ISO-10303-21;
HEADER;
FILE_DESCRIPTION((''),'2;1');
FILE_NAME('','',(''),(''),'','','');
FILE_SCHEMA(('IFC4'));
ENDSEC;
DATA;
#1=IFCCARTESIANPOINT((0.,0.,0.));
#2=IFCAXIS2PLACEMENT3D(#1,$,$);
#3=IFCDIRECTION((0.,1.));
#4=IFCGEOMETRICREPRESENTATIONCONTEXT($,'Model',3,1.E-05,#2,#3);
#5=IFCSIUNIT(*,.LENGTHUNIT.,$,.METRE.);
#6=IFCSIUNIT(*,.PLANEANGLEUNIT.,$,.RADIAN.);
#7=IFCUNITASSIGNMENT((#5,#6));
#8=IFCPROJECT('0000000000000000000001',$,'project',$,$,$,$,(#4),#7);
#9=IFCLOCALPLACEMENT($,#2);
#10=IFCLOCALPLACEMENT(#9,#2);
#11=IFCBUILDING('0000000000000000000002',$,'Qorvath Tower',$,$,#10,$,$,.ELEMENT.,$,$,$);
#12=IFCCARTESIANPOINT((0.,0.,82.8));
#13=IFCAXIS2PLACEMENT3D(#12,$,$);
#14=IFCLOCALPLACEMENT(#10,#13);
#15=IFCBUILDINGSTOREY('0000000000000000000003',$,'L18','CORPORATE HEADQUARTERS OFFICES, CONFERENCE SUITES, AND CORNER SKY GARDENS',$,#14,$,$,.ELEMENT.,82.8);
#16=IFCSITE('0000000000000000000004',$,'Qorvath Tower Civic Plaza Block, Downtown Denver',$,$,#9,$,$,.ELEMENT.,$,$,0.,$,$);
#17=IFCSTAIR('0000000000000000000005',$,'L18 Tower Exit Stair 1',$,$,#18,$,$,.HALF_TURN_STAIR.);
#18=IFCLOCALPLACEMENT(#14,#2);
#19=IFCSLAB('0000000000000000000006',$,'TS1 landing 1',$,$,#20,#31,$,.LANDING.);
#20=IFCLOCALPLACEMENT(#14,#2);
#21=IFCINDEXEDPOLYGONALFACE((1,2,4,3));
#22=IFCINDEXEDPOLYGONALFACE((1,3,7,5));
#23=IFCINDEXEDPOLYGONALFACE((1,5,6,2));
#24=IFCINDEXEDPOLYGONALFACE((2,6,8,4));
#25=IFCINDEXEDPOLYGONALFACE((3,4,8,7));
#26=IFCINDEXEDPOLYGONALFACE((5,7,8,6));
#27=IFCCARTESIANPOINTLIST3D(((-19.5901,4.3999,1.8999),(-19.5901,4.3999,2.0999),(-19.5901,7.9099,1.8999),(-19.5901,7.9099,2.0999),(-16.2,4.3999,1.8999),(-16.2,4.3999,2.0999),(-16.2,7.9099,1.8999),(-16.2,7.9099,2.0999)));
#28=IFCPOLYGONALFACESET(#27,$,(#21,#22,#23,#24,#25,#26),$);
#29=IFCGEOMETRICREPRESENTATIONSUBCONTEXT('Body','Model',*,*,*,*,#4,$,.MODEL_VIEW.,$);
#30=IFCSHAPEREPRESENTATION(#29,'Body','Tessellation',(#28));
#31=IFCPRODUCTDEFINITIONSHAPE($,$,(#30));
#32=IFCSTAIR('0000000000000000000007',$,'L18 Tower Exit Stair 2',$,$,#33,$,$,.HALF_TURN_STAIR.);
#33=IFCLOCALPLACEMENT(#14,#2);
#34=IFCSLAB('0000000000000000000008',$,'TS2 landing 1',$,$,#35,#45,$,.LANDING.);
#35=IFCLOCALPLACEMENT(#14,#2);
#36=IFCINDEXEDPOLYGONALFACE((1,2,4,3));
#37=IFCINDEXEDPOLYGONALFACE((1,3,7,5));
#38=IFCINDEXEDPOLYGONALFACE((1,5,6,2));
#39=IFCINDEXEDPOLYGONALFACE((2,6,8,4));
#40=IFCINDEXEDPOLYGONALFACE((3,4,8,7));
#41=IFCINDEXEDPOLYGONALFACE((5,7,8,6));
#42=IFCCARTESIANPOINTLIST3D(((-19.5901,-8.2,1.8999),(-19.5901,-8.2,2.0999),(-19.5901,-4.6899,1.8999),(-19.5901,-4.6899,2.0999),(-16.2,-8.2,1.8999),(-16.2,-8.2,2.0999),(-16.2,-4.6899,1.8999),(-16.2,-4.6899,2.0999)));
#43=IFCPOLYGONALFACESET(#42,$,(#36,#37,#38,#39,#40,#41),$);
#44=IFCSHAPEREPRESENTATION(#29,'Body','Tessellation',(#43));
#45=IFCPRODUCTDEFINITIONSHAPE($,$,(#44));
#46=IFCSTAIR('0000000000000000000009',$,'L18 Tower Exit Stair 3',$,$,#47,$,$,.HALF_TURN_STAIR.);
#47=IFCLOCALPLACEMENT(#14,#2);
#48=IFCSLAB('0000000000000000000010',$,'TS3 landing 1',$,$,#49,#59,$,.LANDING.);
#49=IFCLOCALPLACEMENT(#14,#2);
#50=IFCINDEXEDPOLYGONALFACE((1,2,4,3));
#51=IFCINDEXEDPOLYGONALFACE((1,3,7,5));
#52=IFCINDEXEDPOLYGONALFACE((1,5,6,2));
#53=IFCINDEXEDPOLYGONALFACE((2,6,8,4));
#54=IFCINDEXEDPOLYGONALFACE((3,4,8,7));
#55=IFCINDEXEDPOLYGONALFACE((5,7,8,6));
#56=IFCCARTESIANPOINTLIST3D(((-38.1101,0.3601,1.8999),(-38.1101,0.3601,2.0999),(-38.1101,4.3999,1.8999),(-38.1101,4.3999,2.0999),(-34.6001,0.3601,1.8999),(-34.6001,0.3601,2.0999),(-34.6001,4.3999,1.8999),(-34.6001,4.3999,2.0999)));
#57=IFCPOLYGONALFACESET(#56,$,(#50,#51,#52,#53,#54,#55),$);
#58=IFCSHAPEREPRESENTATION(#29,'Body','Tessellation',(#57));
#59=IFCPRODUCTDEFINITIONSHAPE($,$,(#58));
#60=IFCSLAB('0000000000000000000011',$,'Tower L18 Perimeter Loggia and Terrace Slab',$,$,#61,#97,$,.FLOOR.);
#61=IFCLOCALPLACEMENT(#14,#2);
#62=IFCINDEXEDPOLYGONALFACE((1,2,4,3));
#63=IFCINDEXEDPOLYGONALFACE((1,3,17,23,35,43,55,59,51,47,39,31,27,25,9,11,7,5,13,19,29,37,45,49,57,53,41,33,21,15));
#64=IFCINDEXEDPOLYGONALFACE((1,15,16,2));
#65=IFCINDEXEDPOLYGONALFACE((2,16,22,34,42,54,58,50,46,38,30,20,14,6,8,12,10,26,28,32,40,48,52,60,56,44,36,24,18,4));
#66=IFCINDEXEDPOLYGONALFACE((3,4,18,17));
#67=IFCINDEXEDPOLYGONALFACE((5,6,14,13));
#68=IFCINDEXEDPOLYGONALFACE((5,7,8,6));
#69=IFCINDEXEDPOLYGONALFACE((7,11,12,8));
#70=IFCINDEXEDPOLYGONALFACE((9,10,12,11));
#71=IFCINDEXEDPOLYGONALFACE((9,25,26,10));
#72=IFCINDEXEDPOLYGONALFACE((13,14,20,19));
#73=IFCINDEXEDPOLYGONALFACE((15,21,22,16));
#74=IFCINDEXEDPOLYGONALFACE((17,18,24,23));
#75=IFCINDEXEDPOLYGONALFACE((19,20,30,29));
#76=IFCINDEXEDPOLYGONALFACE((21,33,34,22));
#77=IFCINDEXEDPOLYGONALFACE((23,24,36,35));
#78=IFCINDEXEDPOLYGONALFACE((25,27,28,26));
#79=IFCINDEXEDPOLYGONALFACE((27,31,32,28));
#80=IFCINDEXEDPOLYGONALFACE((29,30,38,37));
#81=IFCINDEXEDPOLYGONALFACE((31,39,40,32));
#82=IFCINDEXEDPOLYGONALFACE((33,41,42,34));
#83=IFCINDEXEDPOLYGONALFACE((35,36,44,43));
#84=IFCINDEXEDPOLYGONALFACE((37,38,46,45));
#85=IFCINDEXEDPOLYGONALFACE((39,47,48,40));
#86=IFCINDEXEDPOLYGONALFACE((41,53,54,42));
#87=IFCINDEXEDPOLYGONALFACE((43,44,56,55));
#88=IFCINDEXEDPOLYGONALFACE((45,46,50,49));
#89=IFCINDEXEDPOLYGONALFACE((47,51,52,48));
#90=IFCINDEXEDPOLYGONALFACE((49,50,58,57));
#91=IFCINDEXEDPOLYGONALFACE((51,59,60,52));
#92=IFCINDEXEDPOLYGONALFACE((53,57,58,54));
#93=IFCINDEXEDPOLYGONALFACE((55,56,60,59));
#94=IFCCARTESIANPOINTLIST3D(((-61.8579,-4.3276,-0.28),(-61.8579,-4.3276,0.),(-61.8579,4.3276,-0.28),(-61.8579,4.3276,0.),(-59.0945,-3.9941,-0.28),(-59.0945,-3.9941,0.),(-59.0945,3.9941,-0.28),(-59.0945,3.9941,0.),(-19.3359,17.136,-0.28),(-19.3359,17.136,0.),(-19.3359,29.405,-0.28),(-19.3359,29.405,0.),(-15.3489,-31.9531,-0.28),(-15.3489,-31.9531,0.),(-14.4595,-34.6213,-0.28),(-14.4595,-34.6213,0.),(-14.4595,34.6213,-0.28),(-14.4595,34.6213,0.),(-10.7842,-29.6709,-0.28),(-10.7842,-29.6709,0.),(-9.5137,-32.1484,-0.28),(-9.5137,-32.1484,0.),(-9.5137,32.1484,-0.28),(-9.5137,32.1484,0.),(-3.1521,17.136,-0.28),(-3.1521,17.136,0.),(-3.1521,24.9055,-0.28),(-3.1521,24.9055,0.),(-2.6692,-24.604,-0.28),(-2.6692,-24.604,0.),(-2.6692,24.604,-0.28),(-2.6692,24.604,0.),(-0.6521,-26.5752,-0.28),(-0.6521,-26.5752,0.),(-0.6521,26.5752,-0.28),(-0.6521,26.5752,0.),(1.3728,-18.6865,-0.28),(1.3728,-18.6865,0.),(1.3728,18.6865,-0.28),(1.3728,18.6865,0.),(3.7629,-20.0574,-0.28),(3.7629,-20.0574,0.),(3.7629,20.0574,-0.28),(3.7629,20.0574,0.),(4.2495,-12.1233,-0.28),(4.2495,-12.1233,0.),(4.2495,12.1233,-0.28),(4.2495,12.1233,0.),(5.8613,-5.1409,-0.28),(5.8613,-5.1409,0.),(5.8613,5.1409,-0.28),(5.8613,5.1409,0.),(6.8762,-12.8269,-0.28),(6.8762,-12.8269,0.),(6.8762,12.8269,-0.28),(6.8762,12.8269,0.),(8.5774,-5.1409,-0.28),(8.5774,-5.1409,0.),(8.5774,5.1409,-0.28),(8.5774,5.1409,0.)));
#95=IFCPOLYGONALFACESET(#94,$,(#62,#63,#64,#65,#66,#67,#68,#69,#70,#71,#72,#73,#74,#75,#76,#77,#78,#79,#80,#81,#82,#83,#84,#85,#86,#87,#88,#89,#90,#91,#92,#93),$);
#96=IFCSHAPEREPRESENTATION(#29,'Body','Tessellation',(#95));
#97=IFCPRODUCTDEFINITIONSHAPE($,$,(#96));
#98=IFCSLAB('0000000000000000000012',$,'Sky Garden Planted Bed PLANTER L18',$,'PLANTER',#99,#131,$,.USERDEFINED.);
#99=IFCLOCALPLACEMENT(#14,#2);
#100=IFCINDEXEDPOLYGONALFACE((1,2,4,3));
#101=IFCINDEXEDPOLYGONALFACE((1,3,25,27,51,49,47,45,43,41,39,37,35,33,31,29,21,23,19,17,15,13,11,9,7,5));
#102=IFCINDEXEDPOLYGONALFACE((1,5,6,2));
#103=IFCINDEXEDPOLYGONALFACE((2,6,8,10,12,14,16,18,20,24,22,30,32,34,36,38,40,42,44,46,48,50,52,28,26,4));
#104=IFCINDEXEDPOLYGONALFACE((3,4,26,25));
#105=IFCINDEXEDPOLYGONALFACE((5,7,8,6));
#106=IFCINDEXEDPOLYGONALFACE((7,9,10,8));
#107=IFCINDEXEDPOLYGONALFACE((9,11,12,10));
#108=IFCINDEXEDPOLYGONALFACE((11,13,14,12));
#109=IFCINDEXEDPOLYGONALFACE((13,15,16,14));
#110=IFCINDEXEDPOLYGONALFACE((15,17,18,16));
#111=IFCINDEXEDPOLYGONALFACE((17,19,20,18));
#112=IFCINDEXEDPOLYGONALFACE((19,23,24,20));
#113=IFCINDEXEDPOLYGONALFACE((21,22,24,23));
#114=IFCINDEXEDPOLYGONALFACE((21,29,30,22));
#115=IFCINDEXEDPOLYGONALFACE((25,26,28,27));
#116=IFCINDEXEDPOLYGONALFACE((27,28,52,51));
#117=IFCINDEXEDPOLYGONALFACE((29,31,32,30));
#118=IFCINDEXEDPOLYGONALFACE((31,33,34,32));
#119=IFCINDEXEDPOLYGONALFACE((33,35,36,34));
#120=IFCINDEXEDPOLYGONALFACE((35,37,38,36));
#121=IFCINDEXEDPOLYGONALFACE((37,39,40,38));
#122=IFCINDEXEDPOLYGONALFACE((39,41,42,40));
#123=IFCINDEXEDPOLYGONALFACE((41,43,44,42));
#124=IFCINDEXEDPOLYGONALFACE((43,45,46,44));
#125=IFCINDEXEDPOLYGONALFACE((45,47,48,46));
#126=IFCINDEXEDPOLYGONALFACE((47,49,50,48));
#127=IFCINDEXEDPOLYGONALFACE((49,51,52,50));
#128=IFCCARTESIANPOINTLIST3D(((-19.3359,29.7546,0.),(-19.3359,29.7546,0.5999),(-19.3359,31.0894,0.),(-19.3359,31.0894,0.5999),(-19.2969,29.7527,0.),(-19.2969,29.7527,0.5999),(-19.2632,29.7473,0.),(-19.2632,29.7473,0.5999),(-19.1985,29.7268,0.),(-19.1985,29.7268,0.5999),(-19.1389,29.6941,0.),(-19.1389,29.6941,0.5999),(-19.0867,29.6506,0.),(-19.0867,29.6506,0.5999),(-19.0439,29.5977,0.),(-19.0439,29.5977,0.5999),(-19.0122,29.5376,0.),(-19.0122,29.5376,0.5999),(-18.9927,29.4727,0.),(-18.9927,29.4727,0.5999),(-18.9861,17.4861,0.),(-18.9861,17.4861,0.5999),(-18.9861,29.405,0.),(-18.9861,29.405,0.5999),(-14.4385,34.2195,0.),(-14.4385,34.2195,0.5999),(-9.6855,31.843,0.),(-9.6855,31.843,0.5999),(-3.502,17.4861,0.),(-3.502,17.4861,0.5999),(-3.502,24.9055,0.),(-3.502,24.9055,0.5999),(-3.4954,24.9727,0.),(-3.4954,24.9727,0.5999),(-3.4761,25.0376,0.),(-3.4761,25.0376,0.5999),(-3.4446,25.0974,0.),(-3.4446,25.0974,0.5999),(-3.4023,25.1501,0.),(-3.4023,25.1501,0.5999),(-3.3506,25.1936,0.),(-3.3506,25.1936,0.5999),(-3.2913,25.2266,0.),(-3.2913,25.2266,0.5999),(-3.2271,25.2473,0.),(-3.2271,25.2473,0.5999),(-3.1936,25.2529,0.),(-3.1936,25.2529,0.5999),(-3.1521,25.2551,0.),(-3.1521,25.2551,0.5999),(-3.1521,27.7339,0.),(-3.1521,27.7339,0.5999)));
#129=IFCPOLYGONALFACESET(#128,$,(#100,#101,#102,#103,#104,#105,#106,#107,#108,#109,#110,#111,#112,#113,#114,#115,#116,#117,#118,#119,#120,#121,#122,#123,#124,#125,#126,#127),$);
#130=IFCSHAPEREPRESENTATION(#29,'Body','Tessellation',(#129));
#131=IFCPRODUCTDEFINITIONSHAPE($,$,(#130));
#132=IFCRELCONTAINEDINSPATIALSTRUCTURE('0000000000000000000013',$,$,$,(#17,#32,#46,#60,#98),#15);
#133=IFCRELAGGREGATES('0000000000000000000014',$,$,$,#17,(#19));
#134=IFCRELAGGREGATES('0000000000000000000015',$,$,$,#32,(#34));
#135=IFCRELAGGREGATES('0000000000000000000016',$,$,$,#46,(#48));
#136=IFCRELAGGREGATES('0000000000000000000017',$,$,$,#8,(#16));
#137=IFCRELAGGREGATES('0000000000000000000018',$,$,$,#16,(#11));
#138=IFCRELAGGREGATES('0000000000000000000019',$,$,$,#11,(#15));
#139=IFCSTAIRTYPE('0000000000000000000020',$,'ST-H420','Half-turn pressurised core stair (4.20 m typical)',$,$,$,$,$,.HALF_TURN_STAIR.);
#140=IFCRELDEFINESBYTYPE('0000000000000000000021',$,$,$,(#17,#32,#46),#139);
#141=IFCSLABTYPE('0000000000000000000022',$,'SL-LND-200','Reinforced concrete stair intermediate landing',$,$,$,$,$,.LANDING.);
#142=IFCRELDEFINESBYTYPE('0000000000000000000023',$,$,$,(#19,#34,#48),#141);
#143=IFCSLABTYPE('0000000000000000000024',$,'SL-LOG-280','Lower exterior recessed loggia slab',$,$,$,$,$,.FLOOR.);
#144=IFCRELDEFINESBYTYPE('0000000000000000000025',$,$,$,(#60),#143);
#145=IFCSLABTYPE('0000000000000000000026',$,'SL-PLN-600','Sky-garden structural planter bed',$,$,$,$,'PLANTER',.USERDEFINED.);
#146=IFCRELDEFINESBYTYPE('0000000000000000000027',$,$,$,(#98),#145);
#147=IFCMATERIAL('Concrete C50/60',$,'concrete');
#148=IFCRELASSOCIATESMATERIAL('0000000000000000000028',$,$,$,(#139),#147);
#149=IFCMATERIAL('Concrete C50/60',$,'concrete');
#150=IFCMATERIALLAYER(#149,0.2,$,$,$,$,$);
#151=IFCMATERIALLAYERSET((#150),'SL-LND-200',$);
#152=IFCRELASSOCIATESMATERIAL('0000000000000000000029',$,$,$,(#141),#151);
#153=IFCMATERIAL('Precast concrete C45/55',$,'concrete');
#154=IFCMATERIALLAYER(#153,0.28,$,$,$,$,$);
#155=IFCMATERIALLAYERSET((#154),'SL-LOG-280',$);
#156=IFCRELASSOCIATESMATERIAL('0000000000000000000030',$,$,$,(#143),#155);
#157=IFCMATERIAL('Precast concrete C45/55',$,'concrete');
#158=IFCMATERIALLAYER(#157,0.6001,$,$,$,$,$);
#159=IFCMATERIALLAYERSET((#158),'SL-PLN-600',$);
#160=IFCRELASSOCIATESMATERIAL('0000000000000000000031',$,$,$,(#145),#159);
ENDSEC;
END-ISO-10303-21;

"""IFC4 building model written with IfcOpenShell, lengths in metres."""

from ifc_helpers import new_model, si_unit, direction, frame, origin, place, context, subcontext, project, spatial, polyline, outline, extrude, material, layer, layer_set, type_object, element, aggregate, save


model = new_model("IFC4")

# Units and contexts
model_context = context("Model", 3, precision=1e-05, world=origin(), true_north=direction((0.0, 1.0)))
body_context = subcontext(model_context, "Body", "Model", "MODEL_VIEW")
ifc_project = project(units=[si_unit("LENGTHUNIT", "METRE"), si_unit("PLANEANGLEUNIT", "RADIAN")], contexts=[model_context])

# Site, building, storey
site_placement = place(None, origin())
site = spatial("IfcSite", under=ifc_project, at=site_placement, Name="Qorvath Tower Civic Plaza Block, Downtown Denver", CompositionType="ELEMENT", RefElevation=0.0)
building_placement = place(site_placement, origin())
building = spatial("IfcBuilding", under=site, at=building_placement, Name="Qorvath Tower", CompositionType="ELEMENT")
storey_placement = place(building_placement, frame((0.0, 0.0, 82.8)))
storey = spatial("IfcBuildingStorey", under=building, at=storey_placement, Name="L18", Description="CORPORATE HEADQUARTERS OFFICES, CONFERENCE SUITES, AND CORNER SKY GARDENS", CompositionType="ELEMENT", Elevation=82.8)

# Stairs, slabs
ifc_material_1 = material(Name="Concrete C50/60", Category="concrete")
stair_type = type_object("IfcStairType", Name="ST-H420", Description="Half-turn pressurised core stair (4.20 m typical)", PredefinedType="HALF_TURN_STAIR", material=ifc_material_1)
stair_1_placement = place(storey_placement, origin())
stair_1 = element("IfcStair", 1, at=stair_1_placement, inside=storey, type_object=stair_type, Name="L18 Tower Exit Stair 1", PredefinedType="HALF_TURN_STAIR")
ifc_material_2 = material(Name="Concrete C50/60", Category="concrete")
ifc_layer_1 = layer(ifc_material_2, 0.2)
ifc_layer_set_1 = layer_set([ifc_layer_1], Name="SL-LND-200")
slab_type_1 = type_object("IfcSlabType", Name="SL-LND-200", Description="Reinforced concrete stair intermediate landing", PredefinedType="LANDING", material=ifc_layer_set_1)
slab_1_placement = place(storey_placement, frame((0.0, 0.0, 1.8999)))
slab_1 = element("IfcSlab", 2, at=slab_1_placement, type_object=slab_type_1, Name="TS1 landing 1", PredefinedType="LANDING", context=body_context, shape_type="SweptSolid", body=[
    extrude(outline(polyline([(-19.5901, 4.3999), (-16.2, 4.3999), (-16.2, 7.9099), (-19.5901, 7.9099), (-19.5901, 4.3999)])), origin(), (0.0, 0.0, 1.0), 0.2),
])
aggregate(stair_1, [slab_1])
stair_2_placement = place(storey_placement, origin())
stair_2 = element("IfcStair", 3, at=stair_2_placement, inside=storey, type_object=stair_type, Name="L18 Tower Exit Stair 2", PredefinedType="HALF_TURN_STAIR")
slab_2_placement = place(storey_placement, frame((0.0, 0.0, 1.8999)))
slab_2 = element("IfcSlab", 4, at=slab_2_placement, type_object=slab_type_1, Name="TS2 landing 1", PredefinedType="LANDING", context=body_context, shape_type="SweptSolid", body=[
    extrude(outline(polyline([(-19.5901, -8.2), (-16.2, -8.2), (-16.2, -4.6899), (-19.5901, -4.6899), (-19.5901, -8.2)])), origin(), (0.0, 0.0, 1.0), 0.2),
])
aggregate(stair_2, [slab_2])
stair_3_placement = place(storey_placement, origin())
stair_3 = element("IfcStair", 5, at=stair_3_placement, inside=storey, type_object=stair_type, Name="L18 Tower Exit Stair 3", PredefinedType="HALF_TURN_STAIR")
slab_3_placement = place(storey_placement, frame((0.0, 0.0, 1.8999)))
slab_3 = element("IfcSlab", 6, at=slab_3_placement, type_object=slab_type_1, Name="TS3 landing 1", PredefinedType="LANDING", context=body_context, shape_type="SweptSolid", body=[
    extrude(outline(polyline([(-34.6001, 0.3601), (-34.6001, 4.3999), (-38.1101, 4.3999), (-38.1101, 0.3601), (-34.6001, 0.3601)])), origin(), (0.0, 0.0, 1.0), 0.2),
])
aggregate(stair_3, [slab_3])

# Slabs
ifc_material_3 = material(Name="Precast concrete C45/55", Category="concrete")
ifc_layer_2 = layer(ifc_material_3, 0.28)
ifc_layer_set_2 = layer_set([ifc_layer_2], Name="SL-LOG-280")
slab_type_2 = type_object("IfcSlabType", Name="SL-LOG-280", Description="Lower exterior recessed loggia slab", PredefinedType="FLOOR", material=ifc_layer_set_2)
slab_4_placement = place(storey_placement, frame((0.0, 0.0, -0.28)))
element("IfcSlab", 7, at=slab_4_placement, inside=storey, type_object=slab_type_2, Name="Tower L18 Perimeter Loggia and Terrace Slab", PredefinedType="FLOOR", context=body_context, shape_type="SweptSolid", body=[
    extrude(outline(polyline([(5.8613, -5.1409), (4.2495, -12.1233), (1.3728, -18.6865), (-2.6692, -24.604), (-10.7842, -29.6709), (-15.3489, -31.9531), (-59.0945, -3.9941), (-59.0945, 3.9941), (-19.3359, 29.405), (-19.3359, 17.136), (-3.1521, 17.136), (-3.1521, 24.9055), (-2.6692, 24.604), (1.3728, 18.6865), (4.2495, 12.1233), (5.8613, 5.1409), (8.5774, 5.1409), (6.8762, 12.8269), (3.7629, 20.0574), (-0.6521, 26.5752), (-9.5137, 32.1484), (-14.4595, 34.6213), (-61.8579, 4.3276), (-61.8579, -4.3276), (-14.4595, -34.6213), (-9.5137, -32.1484), (-0.6521, -26.5752), (3.7629, -20.0574), (6.8762, -12.8269), (8.5774, -5.1409), (5.8613, -5.1409)])), origin(), (0.0, 0.0, 1.0), 0.28),
])
ifc_material_4 = material(Name="Precast concrete C45/55", Category="concrete")
ifc_layer_3 = layer(ifc_material_4, 0.6001)
ifc_layer_set_3 = layer_set([ifc_layer_3], Name="SL-PLN-600")
slab_type_3 = type_object("IfcSlabType", Name="SL-PLN-600", Description="Sky-garden structural planter bed", ElementType="PLANTER", PredefinedType="USERDEFINED", material=ifc_layer_set_3)
slab_5_placement = place(storey_placement, origin())
element("IfcSlab", 8, at=slab_5_placement, inside=storey, type_object=slab_type_3, Name="Sky Garden Planted Bed PLANTER L18", ObjectType="PLANTER", PredefinedType="USERDEFINED", context=body_context, shape_type="SweptSolid", body=[
    extrude(outline(polyline([(-3.1521, 27.7339), (-9.6855, 31.843), (-14.4385, 34.2195), (-19.3359, 31.0894), (-19.3359, 29.7546), (-19.2969, 29.7527), (-19.2632, 29.7473), (-19.1985, 29.7268), (-19.1389, 29.6941), (-19.0867, 29.6506), (-19.0439, 29.5977), (-19.0122, 29.5376), (-18.9927, 29.4727), (-18.9861, 29.405), (-18.9861, 17.4861), (-3.502, 17.4861), (-3.502, 24.9055), (-3.4954, 24.9727), (-3.4761, 25.0376), (-3.4446, 25.0974), (-3.4023, 25.1501), (-3.3506, 25.1936), (-3.2913, 25.2266), (-3.2271, 25.2473), (-3.1936, 25.2529), (-3.1521, 25.2551), (-3.1521, 27.7339)])), origin(), (0.0, 0.0, 1.0), 0.5999),
])

save(model, "model.ifc")
